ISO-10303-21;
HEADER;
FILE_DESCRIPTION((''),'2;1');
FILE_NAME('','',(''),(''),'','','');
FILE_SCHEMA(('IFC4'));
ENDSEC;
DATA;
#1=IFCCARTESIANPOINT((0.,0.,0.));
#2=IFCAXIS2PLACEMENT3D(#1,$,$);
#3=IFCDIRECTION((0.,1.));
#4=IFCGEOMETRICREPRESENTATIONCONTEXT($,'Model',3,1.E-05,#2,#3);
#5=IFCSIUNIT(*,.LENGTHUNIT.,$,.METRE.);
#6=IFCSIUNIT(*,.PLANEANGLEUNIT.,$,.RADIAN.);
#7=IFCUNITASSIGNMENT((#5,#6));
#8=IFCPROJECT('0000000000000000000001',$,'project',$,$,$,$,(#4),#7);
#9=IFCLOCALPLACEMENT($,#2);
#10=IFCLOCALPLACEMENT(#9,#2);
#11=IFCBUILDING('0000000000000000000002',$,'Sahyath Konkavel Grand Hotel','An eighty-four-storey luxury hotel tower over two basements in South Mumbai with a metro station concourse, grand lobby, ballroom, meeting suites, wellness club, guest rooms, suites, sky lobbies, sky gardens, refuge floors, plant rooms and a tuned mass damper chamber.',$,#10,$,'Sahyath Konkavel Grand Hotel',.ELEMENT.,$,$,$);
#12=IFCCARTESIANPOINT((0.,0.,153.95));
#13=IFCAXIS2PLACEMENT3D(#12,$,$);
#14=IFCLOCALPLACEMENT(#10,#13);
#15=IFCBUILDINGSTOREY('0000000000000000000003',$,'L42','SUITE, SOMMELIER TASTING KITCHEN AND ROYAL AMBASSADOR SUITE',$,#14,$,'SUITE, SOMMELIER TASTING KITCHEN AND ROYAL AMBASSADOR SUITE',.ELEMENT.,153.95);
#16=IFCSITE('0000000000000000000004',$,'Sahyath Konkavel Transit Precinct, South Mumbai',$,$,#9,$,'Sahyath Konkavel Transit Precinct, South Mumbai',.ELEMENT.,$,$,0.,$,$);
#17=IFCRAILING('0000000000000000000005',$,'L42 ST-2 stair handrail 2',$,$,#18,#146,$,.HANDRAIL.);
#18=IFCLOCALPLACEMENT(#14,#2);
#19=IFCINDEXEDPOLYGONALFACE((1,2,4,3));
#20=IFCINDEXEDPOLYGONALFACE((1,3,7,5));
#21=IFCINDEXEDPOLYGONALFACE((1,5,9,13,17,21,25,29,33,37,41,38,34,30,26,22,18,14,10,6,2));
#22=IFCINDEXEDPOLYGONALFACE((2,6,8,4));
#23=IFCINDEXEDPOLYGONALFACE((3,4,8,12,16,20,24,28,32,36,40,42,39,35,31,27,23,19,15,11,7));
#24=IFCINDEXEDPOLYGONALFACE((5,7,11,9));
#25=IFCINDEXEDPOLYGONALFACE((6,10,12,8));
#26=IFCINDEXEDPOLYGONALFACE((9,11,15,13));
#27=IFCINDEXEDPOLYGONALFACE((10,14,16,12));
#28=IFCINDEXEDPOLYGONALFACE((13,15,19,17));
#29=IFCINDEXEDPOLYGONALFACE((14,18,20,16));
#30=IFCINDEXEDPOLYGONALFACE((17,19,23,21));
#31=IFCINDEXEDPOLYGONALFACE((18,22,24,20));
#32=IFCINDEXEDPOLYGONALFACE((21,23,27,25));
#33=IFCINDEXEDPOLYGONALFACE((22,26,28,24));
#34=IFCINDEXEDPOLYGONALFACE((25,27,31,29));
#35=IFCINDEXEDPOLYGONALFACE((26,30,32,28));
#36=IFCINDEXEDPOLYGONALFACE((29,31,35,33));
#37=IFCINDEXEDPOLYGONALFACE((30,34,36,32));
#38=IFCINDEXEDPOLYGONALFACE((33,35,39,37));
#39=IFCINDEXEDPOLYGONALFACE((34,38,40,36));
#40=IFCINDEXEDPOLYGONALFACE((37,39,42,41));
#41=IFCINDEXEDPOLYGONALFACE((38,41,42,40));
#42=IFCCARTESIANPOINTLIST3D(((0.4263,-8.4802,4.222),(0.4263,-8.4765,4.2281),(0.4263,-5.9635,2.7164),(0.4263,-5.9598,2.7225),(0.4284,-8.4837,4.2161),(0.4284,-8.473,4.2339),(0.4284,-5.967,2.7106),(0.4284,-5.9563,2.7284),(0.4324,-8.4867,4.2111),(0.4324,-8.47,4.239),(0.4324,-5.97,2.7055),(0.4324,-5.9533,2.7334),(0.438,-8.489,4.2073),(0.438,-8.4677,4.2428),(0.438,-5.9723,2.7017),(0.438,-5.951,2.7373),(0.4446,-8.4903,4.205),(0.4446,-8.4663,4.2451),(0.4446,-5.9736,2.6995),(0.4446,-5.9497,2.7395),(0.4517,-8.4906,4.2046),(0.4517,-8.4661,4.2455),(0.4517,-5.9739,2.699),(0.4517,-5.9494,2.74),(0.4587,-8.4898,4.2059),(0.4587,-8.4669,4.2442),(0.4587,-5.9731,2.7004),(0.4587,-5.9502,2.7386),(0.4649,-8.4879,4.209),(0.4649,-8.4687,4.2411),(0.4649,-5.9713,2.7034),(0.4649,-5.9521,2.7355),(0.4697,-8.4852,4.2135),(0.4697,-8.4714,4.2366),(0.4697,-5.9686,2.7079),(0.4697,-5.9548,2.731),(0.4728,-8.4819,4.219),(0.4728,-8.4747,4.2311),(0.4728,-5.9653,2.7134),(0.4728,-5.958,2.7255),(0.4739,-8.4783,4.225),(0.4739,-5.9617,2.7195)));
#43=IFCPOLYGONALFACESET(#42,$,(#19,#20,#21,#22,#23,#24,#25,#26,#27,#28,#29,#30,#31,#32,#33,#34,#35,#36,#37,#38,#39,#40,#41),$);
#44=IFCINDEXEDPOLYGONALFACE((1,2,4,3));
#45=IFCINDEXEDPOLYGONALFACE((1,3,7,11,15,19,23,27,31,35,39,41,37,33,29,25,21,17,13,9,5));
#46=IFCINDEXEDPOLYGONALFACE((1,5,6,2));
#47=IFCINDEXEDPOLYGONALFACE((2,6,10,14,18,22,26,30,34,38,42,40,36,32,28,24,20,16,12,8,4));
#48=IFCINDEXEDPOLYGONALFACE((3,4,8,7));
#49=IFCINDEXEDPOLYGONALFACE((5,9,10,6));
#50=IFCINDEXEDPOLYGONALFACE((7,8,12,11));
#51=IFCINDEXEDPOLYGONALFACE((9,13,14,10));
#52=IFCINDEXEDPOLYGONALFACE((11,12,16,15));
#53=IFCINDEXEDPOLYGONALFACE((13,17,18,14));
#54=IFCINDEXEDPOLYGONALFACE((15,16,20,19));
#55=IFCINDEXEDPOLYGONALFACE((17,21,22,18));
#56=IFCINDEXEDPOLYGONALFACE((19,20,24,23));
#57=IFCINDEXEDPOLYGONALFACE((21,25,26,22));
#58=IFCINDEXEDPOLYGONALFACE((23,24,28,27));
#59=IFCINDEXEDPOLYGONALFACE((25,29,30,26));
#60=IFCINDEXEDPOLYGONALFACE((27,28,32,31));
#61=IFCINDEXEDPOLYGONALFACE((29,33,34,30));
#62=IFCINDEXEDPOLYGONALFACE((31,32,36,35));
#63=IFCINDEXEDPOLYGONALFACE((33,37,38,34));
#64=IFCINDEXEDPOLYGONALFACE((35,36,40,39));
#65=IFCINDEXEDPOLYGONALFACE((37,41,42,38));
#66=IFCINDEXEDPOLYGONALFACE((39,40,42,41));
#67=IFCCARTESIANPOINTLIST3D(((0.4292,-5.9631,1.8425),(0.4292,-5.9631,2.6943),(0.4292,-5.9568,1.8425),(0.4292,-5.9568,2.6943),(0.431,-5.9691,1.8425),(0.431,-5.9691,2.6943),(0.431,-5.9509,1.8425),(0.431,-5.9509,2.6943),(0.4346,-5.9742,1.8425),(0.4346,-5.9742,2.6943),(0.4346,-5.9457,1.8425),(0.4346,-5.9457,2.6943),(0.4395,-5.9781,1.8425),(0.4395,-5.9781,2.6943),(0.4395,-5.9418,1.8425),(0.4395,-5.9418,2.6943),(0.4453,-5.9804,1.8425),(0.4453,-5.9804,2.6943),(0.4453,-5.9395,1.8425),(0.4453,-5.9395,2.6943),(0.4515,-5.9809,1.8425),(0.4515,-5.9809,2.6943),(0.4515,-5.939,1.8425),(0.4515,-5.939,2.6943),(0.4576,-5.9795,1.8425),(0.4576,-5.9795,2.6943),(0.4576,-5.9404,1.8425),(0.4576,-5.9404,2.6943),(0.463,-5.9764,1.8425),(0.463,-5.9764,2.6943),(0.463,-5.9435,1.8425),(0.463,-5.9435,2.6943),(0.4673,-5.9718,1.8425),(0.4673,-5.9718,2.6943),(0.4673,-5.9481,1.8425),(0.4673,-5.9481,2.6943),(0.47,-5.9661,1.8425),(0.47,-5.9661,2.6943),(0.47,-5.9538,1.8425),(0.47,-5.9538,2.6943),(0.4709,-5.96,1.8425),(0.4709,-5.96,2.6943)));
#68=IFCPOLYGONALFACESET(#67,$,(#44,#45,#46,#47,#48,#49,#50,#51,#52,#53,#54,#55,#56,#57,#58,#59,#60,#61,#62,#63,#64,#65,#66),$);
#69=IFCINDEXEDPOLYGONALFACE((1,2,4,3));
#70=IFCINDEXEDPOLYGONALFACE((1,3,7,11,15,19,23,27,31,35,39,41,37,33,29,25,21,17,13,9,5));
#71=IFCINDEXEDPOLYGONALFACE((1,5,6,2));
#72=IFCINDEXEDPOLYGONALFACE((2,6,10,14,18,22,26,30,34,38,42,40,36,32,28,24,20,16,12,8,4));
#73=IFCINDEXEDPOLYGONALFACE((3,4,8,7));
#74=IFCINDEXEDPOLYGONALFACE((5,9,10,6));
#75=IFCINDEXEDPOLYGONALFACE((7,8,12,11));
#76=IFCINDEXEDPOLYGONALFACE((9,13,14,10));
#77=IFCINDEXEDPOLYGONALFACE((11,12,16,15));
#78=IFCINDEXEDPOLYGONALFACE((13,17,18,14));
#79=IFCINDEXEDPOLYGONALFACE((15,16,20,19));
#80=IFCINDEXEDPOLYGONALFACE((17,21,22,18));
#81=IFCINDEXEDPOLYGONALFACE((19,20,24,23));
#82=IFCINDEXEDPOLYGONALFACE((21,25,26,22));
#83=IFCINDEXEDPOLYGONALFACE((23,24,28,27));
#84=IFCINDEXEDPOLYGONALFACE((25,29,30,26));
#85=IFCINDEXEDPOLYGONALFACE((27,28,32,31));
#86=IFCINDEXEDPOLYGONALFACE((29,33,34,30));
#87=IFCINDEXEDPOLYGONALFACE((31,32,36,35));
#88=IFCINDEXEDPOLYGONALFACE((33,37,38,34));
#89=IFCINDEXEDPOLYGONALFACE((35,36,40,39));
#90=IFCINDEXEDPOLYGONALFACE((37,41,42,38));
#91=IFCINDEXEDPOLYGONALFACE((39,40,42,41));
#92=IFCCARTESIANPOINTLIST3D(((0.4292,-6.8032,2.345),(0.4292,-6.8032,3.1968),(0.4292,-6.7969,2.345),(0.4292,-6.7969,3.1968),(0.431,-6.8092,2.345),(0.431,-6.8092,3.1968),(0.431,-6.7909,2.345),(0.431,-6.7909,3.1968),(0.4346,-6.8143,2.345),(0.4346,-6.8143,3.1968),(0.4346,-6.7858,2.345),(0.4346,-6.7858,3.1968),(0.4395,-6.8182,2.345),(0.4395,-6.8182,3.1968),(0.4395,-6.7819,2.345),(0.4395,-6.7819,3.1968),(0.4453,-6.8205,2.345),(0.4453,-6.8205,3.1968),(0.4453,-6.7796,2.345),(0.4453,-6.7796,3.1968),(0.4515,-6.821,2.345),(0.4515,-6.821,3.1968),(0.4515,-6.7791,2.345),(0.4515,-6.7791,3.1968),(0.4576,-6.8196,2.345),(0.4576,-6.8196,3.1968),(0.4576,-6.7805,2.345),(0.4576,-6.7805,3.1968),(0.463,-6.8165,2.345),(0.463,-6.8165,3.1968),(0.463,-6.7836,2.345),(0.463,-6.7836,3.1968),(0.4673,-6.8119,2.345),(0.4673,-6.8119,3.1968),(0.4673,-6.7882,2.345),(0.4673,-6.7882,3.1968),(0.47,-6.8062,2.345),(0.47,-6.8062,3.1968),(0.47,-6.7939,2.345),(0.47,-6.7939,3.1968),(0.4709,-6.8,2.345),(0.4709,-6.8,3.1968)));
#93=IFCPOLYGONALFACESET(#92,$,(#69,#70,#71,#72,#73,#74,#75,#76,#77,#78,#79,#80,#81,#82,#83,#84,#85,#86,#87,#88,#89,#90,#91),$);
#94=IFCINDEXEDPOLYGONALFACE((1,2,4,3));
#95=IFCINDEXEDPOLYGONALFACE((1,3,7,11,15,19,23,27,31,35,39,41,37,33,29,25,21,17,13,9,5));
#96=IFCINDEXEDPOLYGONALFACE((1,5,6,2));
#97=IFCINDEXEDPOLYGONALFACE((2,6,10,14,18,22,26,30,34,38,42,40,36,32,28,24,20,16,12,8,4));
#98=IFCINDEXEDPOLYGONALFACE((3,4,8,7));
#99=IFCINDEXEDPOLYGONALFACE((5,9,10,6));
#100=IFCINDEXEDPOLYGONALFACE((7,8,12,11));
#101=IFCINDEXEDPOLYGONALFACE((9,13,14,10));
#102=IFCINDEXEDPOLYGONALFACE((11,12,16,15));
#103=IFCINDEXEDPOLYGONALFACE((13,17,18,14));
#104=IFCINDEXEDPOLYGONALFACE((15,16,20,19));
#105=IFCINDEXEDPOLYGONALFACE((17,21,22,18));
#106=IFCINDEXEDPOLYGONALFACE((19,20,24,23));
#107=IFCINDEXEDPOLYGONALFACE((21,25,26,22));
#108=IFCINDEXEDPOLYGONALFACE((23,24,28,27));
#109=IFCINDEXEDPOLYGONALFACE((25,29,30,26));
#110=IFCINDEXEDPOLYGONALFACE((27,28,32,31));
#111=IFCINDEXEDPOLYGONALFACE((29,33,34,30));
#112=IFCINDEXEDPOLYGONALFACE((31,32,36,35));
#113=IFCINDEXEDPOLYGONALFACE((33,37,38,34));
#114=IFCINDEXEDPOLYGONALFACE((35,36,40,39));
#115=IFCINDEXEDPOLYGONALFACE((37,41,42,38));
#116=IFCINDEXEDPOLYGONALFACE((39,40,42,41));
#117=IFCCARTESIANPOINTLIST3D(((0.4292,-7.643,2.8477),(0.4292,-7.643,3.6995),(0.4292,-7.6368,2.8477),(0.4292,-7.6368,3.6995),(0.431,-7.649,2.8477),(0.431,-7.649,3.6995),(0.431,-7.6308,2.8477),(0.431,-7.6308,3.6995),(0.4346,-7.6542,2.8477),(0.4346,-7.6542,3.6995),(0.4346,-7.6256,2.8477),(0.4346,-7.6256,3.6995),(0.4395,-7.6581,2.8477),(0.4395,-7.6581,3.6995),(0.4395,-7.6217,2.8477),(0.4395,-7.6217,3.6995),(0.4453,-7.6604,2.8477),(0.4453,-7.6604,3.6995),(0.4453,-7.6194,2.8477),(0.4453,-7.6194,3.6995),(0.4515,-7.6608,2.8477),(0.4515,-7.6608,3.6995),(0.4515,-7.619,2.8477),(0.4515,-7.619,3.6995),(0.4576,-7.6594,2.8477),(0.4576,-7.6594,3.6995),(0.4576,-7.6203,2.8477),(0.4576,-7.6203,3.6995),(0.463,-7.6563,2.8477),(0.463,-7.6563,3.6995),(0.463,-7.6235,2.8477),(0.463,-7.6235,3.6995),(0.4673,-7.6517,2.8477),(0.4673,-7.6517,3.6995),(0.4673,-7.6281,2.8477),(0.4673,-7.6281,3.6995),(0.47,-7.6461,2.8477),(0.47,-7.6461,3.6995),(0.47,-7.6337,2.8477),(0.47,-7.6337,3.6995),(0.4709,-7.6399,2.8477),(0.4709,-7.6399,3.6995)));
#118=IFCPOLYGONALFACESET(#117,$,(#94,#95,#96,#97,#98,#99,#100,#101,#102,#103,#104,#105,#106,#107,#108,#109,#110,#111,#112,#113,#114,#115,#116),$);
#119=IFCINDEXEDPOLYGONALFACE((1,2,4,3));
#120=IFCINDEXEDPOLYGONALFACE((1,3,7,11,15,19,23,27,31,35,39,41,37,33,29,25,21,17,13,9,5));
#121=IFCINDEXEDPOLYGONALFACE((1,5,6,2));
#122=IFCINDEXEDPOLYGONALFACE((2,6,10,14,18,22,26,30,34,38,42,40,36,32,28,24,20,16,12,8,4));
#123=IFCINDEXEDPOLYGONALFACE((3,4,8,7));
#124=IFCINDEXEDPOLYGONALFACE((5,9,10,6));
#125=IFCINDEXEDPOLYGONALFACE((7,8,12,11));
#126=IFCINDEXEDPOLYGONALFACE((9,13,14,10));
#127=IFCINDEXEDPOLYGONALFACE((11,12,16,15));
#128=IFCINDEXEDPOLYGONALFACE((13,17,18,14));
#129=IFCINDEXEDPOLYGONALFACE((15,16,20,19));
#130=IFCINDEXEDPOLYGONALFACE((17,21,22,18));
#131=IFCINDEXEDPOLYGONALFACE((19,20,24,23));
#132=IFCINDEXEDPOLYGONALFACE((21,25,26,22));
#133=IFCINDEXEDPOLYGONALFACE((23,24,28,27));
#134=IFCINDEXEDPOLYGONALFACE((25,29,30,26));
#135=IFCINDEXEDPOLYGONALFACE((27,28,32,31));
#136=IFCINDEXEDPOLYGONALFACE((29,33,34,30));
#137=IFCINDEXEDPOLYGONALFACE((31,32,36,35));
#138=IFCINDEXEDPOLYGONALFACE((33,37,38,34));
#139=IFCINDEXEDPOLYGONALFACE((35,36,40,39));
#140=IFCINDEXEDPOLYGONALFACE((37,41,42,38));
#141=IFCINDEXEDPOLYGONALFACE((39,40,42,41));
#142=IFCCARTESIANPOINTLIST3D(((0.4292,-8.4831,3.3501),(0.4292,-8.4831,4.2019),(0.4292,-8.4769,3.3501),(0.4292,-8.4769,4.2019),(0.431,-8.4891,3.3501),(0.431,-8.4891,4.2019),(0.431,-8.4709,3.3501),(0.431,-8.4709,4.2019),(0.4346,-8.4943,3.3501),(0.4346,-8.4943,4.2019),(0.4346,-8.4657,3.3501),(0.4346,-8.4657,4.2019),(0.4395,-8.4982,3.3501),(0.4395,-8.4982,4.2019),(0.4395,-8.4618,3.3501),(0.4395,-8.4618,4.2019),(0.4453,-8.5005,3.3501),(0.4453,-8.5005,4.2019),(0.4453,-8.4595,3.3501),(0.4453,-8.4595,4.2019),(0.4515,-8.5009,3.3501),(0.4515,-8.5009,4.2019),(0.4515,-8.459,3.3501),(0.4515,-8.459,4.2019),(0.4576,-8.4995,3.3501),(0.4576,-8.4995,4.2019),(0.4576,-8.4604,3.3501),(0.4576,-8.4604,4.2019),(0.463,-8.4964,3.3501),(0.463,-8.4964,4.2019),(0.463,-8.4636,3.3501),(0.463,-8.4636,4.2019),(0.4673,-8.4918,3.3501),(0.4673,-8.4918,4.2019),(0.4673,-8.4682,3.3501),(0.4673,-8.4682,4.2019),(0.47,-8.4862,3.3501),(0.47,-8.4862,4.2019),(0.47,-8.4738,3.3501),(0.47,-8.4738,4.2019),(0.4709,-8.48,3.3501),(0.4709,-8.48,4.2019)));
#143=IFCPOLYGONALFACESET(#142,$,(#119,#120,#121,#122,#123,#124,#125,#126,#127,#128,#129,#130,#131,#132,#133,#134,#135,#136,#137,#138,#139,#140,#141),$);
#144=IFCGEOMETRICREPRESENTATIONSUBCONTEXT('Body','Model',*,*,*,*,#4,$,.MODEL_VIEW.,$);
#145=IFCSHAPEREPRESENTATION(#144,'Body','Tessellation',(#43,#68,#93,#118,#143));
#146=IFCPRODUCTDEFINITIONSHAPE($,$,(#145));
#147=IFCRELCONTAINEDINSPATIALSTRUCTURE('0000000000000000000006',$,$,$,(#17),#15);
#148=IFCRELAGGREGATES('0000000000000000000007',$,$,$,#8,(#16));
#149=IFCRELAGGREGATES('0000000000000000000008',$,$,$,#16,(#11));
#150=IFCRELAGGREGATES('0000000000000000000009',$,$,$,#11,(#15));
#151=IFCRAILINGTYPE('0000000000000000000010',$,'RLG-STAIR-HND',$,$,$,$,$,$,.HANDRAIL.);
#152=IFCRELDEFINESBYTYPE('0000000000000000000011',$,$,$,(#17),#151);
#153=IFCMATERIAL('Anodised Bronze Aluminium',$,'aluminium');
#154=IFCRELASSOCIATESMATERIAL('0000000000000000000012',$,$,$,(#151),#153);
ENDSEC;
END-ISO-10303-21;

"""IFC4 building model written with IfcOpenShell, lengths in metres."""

from ifc_helpers import new_model, si_unit, direction, frame, origin, origin_2d, place, context, subcontext, project, spatial, circle, extrude, material, type_object, element, save


model = new_model("IFC4")

# Units and contexts
model_context = context("Model", 3, precision=1e-05, world=origin(), true_north=direction((0.0, 1.0)))
body_context = subcontext(model_context, "Body", "Model", "MODEL_VIEW")
ifc_project = project(units=[si_unit("LENGTHUNIT", "METRE"), si_unit("PLANEANGLEUNIT", "RADIAN")], contexts=[model_context])

# Site, building, storey
site_placement = place(None, origin())
site = spatial("IfcSite", under=ifc_project, at=site_placement, Name="Sahyath Konkavel Transit Precinct, South Mumbai", LongName="Sahyath Konkavel Transit Precinct, South Mumbai", CompositionType="ELEMENT", RefElevation=0.0)
building_placement = place(site_placement, origin())
building = spatial("IfcBuilding", under=site, at=building_placement, Name="Sahyath Konkavel Grand Hotel", Description="An eighty-four-storey luxury hotel tower over two basements in South Mumbai with a metro station concourse, grand lobby, ballroom, meeting suites, wellness club, guest rooms, suites, sky lobbies, sky gardens, refuge floors, plant rooms and a tuned mass damper chamber.", LongName="Sahyath Konkavel Grand Hotel", CompositionType="ELEMENT")
storey_placement = place(building_placement, frame((0.0, 0.0, 153.95)))
storey = spatial("IfcBuildingStorey", under=building, at=storey_placement, Name="L42", Description="SUITE, SOMMELIER TASTING KITCHEN AND ROYAL AMBASSADOR SUITE", LongName="SUITE, SOMMELIER TASTING KITCHEN AND ROYAL AMBASSADOR SUITE", CompositionType="ELEMENT", Elevation=153.95)

# Railing
ifc_material_1 = material(Name="Anodised Bronze Aluminium", Category="aluminium")
railing_type_1 = type_object("IfcRailingType", Name="RLG-STAIR-HND", PredefinedType="HANDRAIL", material=ifc_material_1)
railing_1_placement = place(storey_placement, frame((0.45, -5.96, 1.8425)))
element("IfcRailing", 1, at=railing_1_placement, inside=storey, type_object=railing_type_1, Name="L42 ST-2 stair handrail 2", PredefinedType="HANDRAIL", context=body_context, shape_type="SweptSolid", body=[
    extrude(circle(Radius=0.0239, at=origin_2d()), frame((0.0, -0.0017, 0.877), z_axis=(0.0, -0.85816, 0.513383), x_axis=(1.0, 0.0, 0.0)), (0.0, 0.0, 1.0), 2.9326),
    extrude(circle(Radius=0.021, at=origin_2d()), origin(), (0.0, 0.0, 1.0), 0.8518),
    extrude(circle(Radius=0.021, at=origin_2d()), frame((0.0, -0.8401, 0.5024)), (0.0, 0.0, 1.0), 0.8518),
    extrude(circle(Radius=0.021, at=origin_2d()), frame((0.0, -1.6799, 1.0051)), (0.0, 0.0, 1.0), 0.8518),
    extrude(circle(Radius=0.021, at=origin_2d()), frame((0.0, -2.52, 1.5076)), (0.0, 0.0, 1.0), 0.8518),
])

save(model, "model.ifc")
